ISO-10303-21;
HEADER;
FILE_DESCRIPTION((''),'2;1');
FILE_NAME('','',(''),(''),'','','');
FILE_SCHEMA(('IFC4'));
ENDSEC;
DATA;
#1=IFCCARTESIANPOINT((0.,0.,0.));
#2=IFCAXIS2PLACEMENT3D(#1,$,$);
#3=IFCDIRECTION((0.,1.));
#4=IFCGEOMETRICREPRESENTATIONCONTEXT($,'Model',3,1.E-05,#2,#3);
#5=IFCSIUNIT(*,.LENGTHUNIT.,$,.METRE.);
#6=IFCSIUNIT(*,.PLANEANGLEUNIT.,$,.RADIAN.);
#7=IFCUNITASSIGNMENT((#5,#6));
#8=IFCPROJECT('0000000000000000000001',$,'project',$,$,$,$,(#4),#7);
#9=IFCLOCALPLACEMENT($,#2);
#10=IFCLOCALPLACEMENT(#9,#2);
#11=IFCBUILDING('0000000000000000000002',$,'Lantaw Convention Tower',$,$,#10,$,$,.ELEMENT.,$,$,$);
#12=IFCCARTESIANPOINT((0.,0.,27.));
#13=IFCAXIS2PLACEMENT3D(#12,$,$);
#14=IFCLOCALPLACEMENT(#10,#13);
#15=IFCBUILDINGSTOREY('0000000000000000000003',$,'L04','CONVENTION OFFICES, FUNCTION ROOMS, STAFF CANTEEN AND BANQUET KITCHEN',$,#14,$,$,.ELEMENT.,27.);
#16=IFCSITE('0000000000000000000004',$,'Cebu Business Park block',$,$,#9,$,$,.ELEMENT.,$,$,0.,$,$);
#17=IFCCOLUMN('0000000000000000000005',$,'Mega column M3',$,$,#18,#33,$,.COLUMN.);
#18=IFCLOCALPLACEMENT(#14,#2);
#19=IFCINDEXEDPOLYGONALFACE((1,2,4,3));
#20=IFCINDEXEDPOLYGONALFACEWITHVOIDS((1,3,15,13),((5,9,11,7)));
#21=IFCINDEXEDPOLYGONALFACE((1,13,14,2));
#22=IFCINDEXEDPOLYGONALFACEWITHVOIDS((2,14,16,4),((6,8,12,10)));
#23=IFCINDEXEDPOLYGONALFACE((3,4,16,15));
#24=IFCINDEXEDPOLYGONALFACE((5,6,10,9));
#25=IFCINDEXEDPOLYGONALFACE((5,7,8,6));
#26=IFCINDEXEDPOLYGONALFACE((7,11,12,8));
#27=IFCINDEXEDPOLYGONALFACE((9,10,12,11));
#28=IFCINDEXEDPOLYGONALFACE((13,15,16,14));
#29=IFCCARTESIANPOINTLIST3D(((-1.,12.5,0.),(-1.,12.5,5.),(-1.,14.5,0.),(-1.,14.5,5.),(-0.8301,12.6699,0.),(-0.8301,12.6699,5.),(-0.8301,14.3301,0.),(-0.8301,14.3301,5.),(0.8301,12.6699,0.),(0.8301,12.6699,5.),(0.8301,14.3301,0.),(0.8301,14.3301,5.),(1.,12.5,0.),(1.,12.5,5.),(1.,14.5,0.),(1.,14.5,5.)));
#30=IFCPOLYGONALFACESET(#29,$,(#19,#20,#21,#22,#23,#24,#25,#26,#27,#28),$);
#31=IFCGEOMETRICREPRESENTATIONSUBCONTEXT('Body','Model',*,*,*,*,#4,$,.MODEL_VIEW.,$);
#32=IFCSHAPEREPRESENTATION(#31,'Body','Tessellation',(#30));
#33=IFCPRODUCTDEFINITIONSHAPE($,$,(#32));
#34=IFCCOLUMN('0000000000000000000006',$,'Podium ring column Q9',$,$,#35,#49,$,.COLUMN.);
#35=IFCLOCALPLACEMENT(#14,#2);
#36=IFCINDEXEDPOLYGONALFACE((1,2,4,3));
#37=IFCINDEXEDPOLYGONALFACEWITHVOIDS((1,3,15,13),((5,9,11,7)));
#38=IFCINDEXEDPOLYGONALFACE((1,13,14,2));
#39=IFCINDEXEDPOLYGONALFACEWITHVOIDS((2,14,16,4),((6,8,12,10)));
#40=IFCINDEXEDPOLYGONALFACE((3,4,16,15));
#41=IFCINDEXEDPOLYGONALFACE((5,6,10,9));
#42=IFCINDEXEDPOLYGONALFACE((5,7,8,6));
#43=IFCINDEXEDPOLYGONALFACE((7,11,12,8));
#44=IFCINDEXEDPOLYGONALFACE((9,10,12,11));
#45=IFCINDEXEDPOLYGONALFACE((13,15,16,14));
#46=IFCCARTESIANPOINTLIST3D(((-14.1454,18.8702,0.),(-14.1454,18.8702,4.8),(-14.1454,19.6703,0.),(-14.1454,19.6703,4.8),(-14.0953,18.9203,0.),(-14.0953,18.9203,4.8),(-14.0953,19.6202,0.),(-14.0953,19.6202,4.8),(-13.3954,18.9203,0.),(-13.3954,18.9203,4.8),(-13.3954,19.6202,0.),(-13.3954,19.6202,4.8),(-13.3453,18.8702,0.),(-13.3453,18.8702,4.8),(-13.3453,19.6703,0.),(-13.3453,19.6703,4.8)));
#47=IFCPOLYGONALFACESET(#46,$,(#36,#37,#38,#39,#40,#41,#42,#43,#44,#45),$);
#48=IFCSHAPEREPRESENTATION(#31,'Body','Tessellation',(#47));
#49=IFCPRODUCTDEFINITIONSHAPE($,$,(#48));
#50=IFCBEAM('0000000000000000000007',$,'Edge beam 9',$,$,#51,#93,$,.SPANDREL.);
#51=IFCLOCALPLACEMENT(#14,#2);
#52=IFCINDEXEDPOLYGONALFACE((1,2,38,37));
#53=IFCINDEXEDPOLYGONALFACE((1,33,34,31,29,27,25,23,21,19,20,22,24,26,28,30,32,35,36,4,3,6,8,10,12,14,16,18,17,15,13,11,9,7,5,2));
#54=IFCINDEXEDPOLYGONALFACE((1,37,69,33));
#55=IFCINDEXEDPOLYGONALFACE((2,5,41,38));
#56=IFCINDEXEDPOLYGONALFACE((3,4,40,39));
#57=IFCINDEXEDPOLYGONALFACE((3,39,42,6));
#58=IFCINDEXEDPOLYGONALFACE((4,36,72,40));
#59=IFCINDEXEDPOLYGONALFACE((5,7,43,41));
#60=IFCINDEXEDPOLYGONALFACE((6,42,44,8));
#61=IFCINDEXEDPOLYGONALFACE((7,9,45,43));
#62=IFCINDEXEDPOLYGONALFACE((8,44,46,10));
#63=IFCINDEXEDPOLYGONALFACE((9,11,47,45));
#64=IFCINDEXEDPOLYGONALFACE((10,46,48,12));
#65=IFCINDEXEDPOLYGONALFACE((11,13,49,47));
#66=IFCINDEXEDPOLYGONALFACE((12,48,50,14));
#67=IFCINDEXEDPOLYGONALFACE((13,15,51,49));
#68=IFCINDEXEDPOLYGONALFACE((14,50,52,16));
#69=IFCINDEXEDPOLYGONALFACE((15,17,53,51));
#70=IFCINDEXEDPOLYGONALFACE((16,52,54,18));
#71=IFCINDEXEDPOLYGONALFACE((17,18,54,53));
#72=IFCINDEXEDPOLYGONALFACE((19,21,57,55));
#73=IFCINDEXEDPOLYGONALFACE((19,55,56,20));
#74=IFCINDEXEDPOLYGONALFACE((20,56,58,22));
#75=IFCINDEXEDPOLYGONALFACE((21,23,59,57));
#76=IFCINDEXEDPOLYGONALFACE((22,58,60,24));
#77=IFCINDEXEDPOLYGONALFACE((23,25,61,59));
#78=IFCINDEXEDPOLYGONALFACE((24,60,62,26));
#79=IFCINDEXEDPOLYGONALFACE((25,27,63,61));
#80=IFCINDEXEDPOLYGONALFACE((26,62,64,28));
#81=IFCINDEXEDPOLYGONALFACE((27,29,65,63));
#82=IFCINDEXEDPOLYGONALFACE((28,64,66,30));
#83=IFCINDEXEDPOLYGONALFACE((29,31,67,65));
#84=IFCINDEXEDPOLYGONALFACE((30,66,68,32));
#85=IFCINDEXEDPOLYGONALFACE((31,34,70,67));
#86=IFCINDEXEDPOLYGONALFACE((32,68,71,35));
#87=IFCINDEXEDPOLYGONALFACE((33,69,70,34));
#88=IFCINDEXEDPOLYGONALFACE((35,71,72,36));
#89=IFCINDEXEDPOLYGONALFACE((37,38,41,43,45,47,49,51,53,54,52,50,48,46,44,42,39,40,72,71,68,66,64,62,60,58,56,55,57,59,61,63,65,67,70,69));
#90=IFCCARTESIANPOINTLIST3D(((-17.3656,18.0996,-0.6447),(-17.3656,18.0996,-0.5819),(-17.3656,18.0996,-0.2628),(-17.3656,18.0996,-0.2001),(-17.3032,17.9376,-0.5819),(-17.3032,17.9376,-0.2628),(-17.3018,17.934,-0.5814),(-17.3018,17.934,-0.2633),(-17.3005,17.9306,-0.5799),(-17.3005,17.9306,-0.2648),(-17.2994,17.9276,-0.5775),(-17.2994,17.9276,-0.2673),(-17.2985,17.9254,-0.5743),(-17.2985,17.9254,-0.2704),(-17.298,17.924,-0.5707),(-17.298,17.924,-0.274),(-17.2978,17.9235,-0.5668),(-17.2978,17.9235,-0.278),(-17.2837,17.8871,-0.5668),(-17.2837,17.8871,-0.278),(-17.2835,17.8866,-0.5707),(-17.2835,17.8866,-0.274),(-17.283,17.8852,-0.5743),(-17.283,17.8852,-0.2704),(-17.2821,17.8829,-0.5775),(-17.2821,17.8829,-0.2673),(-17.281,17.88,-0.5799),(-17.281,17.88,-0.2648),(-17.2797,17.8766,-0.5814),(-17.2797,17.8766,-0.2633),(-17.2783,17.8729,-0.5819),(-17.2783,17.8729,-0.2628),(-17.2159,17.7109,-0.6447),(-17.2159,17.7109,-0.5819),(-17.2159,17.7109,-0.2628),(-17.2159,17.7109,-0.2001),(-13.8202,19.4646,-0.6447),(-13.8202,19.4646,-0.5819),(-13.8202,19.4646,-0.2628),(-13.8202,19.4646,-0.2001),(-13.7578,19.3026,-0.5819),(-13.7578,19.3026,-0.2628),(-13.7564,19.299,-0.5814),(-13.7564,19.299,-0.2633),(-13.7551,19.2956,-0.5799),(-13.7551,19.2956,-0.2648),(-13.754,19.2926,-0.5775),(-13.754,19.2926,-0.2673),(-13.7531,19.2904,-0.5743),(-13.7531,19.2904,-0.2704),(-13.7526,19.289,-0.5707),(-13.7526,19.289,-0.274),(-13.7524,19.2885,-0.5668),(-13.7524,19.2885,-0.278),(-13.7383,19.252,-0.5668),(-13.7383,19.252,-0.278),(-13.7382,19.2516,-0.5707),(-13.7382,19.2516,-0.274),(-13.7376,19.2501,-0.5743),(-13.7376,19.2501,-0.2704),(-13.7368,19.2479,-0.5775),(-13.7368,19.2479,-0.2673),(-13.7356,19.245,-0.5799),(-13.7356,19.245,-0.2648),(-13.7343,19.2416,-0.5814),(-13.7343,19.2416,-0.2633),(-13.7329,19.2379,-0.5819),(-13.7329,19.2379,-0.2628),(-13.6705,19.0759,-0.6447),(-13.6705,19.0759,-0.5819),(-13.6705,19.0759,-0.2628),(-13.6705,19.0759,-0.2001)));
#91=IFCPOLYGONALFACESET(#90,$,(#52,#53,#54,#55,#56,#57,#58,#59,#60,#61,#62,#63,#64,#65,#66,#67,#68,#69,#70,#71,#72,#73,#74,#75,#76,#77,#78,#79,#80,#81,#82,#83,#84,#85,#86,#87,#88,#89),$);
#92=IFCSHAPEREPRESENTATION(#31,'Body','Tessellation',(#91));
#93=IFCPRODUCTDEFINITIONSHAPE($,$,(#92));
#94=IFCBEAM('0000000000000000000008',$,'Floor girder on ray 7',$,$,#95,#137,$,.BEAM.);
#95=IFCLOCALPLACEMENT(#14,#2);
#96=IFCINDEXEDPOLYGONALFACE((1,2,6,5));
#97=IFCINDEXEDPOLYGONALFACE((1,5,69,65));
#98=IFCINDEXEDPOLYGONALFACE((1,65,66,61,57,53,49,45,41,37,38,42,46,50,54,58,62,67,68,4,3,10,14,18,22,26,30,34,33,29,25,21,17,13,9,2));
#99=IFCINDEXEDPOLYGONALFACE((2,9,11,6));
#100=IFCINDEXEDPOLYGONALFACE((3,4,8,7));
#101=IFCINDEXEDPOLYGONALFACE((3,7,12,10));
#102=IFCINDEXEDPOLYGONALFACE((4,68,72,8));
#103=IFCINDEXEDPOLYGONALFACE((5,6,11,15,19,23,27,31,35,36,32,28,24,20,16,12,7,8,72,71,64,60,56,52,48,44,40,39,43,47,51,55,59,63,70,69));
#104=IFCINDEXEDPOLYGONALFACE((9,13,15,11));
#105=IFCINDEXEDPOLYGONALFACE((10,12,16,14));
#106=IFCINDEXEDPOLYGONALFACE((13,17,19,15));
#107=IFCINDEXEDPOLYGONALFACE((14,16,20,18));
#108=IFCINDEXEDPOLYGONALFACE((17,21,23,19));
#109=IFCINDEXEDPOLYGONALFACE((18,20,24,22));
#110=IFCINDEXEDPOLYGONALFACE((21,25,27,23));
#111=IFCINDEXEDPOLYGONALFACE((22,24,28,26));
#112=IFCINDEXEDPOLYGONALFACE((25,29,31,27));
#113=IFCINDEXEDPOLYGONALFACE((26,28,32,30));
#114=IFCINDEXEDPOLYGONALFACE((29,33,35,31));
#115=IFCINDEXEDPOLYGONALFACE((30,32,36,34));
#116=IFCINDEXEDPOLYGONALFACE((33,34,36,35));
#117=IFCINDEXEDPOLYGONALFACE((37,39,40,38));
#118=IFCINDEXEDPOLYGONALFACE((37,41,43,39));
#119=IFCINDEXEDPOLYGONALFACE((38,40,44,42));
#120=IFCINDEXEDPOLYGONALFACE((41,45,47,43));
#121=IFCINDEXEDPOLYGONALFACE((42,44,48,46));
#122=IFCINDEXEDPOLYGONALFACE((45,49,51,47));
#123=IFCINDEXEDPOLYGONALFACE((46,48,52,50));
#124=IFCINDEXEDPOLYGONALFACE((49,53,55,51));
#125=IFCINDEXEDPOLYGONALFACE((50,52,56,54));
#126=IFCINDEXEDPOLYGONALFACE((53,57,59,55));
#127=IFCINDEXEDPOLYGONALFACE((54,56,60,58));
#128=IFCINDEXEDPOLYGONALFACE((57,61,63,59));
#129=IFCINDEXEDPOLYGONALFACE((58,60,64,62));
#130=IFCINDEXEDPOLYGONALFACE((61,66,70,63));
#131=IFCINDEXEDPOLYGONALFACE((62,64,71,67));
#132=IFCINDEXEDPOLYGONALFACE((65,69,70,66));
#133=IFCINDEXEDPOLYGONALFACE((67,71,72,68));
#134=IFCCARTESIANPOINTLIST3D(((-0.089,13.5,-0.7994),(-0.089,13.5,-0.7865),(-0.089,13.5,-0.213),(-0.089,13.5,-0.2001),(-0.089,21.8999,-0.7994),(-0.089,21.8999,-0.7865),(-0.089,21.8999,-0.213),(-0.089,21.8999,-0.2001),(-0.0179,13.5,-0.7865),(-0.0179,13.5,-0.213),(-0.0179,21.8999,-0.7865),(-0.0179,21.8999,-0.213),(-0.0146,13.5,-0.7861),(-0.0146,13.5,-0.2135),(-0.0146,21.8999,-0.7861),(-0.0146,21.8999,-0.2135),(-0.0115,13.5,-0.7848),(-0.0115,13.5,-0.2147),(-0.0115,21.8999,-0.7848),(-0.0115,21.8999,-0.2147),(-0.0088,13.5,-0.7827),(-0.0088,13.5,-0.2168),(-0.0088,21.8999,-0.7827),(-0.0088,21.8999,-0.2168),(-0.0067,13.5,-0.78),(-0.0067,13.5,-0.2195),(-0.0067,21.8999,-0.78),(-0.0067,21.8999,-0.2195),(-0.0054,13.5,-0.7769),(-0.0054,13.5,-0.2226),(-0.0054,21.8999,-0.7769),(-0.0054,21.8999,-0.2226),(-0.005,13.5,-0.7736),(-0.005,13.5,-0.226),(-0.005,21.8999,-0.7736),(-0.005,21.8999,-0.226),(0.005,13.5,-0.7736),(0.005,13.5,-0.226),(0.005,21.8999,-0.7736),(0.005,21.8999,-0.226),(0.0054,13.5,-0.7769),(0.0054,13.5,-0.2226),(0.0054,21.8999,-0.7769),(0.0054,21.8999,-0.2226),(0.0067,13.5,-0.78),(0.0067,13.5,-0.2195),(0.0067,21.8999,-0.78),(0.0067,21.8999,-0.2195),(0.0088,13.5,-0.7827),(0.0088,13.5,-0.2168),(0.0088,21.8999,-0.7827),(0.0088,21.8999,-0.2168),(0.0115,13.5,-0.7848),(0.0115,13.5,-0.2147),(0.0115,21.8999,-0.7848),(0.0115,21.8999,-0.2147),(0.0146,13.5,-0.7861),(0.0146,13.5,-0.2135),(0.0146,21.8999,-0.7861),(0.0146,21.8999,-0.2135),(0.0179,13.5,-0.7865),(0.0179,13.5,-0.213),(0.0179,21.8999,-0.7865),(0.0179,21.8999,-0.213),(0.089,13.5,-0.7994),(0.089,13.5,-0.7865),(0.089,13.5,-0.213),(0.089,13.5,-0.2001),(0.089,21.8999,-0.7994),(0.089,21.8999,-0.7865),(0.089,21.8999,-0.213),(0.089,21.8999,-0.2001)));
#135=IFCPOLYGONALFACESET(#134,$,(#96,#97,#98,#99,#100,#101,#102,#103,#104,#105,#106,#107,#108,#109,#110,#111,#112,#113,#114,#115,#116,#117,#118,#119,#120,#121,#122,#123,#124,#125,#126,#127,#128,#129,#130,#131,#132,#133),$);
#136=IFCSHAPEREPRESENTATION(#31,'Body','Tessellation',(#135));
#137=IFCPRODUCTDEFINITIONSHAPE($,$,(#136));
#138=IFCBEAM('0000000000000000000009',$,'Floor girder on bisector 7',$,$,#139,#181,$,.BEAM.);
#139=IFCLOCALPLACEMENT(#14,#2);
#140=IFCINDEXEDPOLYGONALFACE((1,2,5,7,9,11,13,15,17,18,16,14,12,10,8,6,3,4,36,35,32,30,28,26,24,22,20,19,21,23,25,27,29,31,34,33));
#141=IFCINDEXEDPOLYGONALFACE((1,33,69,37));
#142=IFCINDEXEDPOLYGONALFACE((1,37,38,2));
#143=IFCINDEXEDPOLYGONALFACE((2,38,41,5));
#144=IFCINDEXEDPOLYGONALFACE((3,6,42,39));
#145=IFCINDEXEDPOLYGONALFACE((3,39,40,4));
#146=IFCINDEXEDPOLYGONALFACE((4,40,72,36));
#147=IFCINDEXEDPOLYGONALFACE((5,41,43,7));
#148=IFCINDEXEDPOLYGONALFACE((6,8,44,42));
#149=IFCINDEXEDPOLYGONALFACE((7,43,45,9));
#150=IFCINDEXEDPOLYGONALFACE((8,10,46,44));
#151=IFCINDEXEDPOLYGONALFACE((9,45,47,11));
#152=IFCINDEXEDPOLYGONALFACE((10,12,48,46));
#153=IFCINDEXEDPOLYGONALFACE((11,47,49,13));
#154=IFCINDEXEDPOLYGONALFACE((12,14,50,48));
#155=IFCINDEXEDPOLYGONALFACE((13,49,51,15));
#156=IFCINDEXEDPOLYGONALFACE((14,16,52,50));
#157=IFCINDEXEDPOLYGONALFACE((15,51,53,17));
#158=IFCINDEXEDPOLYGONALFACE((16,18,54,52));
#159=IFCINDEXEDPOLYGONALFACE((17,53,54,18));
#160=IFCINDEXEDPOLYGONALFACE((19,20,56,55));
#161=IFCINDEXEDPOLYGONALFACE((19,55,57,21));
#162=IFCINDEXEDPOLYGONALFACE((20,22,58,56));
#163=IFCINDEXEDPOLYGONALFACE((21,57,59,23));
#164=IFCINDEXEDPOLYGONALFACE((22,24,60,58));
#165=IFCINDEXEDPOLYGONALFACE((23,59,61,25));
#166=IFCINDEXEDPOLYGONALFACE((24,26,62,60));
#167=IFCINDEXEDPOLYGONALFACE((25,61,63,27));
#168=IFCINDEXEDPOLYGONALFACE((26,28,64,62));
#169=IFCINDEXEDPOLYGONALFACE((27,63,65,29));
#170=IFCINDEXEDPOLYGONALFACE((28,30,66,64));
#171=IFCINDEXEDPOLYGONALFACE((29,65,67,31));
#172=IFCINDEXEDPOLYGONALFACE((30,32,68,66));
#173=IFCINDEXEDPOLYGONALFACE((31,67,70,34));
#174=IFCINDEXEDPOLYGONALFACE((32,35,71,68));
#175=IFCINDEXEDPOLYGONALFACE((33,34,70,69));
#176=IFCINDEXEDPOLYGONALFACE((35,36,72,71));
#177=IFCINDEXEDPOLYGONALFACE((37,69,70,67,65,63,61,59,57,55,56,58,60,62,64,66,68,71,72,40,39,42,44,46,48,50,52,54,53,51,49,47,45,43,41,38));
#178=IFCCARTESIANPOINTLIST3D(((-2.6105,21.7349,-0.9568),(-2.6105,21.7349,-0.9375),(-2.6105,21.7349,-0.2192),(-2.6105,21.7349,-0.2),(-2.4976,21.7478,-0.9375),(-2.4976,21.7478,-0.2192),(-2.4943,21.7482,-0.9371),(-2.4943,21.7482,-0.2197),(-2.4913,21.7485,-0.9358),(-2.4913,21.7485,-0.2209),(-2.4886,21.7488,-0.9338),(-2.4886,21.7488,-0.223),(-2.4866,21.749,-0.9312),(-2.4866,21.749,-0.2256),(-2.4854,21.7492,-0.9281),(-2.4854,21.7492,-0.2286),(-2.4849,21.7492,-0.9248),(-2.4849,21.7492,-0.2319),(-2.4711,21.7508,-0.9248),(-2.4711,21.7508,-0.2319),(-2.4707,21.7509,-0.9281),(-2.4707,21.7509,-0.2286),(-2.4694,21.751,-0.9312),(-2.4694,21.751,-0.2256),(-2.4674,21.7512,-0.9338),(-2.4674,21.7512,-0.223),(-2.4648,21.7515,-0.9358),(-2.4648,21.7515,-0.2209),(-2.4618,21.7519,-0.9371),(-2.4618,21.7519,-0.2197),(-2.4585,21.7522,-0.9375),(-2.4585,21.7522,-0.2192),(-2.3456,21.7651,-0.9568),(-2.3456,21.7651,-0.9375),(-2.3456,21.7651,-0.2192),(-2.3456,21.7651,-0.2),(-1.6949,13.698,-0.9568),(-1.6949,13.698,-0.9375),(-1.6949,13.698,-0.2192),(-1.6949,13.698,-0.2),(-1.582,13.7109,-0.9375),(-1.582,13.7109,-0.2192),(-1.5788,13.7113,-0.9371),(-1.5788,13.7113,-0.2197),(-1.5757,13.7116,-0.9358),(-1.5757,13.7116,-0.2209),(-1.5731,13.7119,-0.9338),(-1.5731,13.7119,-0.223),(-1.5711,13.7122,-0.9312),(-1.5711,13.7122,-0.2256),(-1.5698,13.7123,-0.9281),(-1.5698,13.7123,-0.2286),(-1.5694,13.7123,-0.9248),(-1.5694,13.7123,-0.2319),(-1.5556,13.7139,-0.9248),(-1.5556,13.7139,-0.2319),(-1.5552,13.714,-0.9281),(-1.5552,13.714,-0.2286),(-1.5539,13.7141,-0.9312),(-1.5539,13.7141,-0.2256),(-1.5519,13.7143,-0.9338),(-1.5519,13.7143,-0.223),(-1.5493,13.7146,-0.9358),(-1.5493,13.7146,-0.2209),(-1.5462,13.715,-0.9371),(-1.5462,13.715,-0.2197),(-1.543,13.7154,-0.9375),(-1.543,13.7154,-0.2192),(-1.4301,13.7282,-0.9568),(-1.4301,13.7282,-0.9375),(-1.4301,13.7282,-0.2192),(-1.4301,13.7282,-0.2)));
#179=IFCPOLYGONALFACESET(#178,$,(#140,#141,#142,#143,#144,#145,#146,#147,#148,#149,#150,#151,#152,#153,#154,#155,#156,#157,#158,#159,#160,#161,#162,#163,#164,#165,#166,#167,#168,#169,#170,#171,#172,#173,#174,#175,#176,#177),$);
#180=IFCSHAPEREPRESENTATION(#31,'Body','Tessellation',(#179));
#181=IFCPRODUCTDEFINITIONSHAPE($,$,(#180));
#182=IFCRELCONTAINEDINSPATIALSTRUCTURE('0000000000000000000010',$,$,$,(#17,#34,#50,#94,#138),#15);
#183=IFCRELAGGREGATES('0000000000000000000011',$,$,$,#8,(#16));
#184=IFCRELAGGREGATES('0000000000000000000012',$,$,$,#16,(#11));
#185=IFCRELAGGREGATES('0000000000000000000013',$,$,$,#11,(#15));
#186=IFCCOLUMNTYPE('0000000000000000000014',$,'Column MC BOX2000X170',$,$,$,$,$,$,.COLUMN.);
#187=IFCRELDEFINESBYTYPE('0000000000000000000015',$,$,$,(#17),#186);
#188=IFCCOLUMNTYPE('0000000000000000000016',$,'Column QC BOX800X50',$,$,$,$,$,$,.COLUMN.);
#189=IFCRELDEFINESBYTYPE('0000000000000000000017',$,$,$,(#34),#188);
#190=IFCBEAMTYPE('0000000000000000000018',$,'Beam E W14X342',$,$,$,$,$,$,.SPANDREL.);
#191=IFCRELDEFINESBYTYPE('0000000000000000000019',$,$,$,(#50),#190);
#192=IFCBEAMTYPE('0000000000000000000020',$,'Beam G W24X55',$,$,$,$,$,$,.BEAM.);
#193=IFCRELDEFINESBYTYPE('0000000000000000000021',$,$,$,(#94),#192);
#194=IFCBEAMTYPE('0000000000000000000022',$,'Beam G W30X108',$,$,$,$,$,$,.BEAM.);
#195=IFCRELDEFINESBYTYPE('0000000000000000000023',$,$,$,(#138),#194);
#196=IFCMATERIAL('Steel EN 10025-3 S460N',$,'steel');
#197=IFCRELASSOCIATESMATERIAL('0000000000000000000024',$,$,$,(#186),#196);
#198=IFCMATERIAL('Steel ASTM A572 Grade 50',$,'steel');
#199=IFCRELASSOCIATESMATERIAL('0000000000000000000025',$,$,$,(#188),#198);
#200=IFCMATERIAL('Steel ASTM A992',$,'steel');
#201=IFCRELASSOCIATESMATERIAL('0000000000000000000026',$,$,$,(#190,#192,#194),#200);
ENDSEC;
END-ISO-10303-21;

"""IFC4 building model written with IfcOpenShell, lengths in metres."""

from ifc_helpers import new_model, si_unit, direction, frame, origin, origin_2d, place, context, subcontext, project, spatial, rectangle, hollow_rectangle, i_section, extrude, material, material_profile, profile_set, type_object, element, save


model = new_model("IFC4")

# Units and contexts
model_context = context("Model", 3, precision=1e-05, world=origin(), true_north=direction((0.0, 1.0)))
body_context = subcontext(model_context, "Body", "Model", "MODEL_VIEW")
ifc_project = project(units=[si_unit("LENGTHUNIT", "METRE"), si_unit("PLANEANGLEUNIT", "RADIAN")], contexts=[model_context])

# Site, building, storey
site_placement = place(None, origin())
site = spatial("IfcSite", under=ifc_project, at=site_placement, Name="Cebu Business Park block", CompositionType="ELEMENT", RefElevation=0.0)
building_placement = place(site_placement, origin())
building = spatial("IfcBuilding", under=site, at=building_placement, Name="Lantaw Convention Tower", CompositionType="ELEMENT")
storey_placement = place(building_placement, frame((0.0, 0.0, 27.0)))
storey = spatial("IfcBuildingStorey", under=building, at=storey_placement, Name="L04", Description="CONVENTION OFFICES, FUNCTION ROOMS, STAFF CANTEEN AND BANQUET KITCHEN", CompositionType="ELEMENT", Elevation=27.0)

# Columns
ifc_material_1 = material(Name="Steel EN 10025-3 S460N", Category="steel")
ifc_material_profile_1 = material_profile(ifc_material_1, hollow_rectangle(XDim=2.0, YDim=2.0, WallThickness=0.1699, at=origin_2d()), Name="BOX2000X170")
ifc_material_2 = material(Name="Concrete C60/75", Category="concrete")
ifc_material_profile_2 = material_profile(ifc_material_2, rectangle(XDim=1.6599, YDim=1.6599, at=origin_2d()), Name="Concrete fill of BOX2000X170")
ifc_profile_set_1 = profile_set([ifc_material_profile_1, ifc_material_profile_2], Name="Steel EN 10025-3 S460N")
column_type_1 = type_object("IfcColumnType", Name="Column MC BOX2000X170", PredefinedType="COLUMN", material=ifc_profile_set_1)
column_1_placement = place(storey_placement, frame((0.0, 13.5, 0.0), z_axis=(0.0, 0.0, 1.0), x_axis=(1.0, 0.0, 0.0)))
element("IfcColumn", 1, at=column_1_placement, inside=storey, type_object=column_type_1, Name="Mega column M3", PredefinedType="COLUMN", context=body_context, shape_type="SweptSolid", body=[
    extrude(hollow_rectangle(XDim=2.0, YDim=2.0, WallThickness=0.1699, at=origin_2d()), origin(), (0.0, 0.0, 1.0), 5.0),
])
ifc_material_3 = material(Name="Steel ASTM A572 Grade 50", Category="steel")
ifc_material_profile_3 = material_profile(ifc_material_3, hollow_rectangle(XDim=0.8, YDim=0.8, WallThickness=0.05, at=origin_2d()), Name="BOX800X50")
ifc_profile_set_2 = profile_set([ifc_material_profile_3], Name="Steel ASTM A572 Grade 50")
column_type_2 = type_object("IfcColumnType", Name="Column QC BOX800X50", PredefinedType="COLUMN", material=ifc_profile_set_2)
column_2_placement = place(storey_placement, frame((-13.7454, 19.2703, 0.0), z_axis=(0.0, 0.0, 1.0), x_axis=(1.0, 0.0, 0.0)))
element("IfcColumn", 2, at=column_2_placement, inside=storey, type_object=column_type_2, Name="Podium ring column Q9", PredefinedType="COLUMN", context=body_context, shape_type="SweptSolid", body=[
    extrude(hollow_rectangle(XDim=0.8, YDim=0.8, WallThickness=0.05, at=origin_2d()), origin(), (0.0, 0.0, 1.0), 4.8),
])

# Beams
ifc_material_4 = material(Name="Steel ASTM A992", Category="steel")
ifc_material_profile_4 = material_profile(ifc_material_4, i_section(OverallWidth=0.4165, OverallDepth=0.4446, WebThickness=0.0391, FlangeThickness=0.0627, FilletRadius=0.0151, at=origin_2d()), Name="W14X342")
ifc_profile_set_3 = profile_set([ifc_material_profile_4], Name="Steel ASTM A992")
beam_type_1 = type_object("IfcBeamType", Name="Beam E W14X342", PredefinedType="SPANDREL", material=ifc_profile_set_3)
beam_1_placement = place(storey_placement, frame((-13.7454, 19.2703, -0.4224), z_axis=(-0.933225, -0.359293, 0.0), x_axis=(0.359293, -0.933225, 0.0)))
element("IfcBeam", 3, at=beam_1_placement, inside=storey, type_object=beam_type_1, Name="Edge beam 9", PredefinedType="SPANDREL", context=body_context, shape_type="SweptSolid", body=[
    extrude(i_section(OverallWidth=0.4165, OverallDepth=0.4446, WebThickness=0.0391, FlangeThickness=0.0627, FilletRadius=0.0151, at=origin_2d()), origin(), (0.0, 0.0, 1.0), 3.7991),
])
ifc_material_profile_5 = material_profile(ifc_material_4, i_section(OverallWidth=0.178, OverallDepth=0.5994, WebThickness=0.01, FlangeThickness=0.0129, FilletRadius=0.0129, at=origin_2d()), Name="W24X55")
ifc_profile_set_4 = profile_set([ifc_material_profile_5], Name="Steel ASTM A992")
beam_type_2 = type_object("IfcBeamType", Name="Beam G W24X55", PredefinedType="BEAM", material=ifc_profile_set_4)
beam_2_placement = place(storey_placement, frame((0.0, 13.5, -0.4998), z_axis=(0.0, 1.0, 0.0), x_axis=(-1.0, 0.0, 0.0)))
element("IfcBeam", 4, at=beam_2_placement, inside=storey, type_object=beam_type_2, Name="Floor girder on ray 7", PredefinedType="BEAM", context=body_context, shape_type="SweptSolid", body=[
    extrude(i_section(OverallWidth=0.178, OverallDepth=0.5994, WebThickness=0.01, FlangeThickness=0.0129, FilletRadius=0.0129, at=origin_2d()), origin(), (0.0, 0.0, 1.0), 8.3999),
])
ifc_material_profile_6 = material_profile(ifc_material_4, i_section(OverallWidth=0.2666, OverallDepth=0.7568, WebThickness=0.0139, FlangeThickness=0.0193, FilletRadius=0.0127, at=origin_2d()), Name="W30X108")
ifc_profile_set_5 = profile_set([ifc_material_profile_6], Name="Steel ASTM A992")
beam_type_3 = type_object("IfcBeamType", Name="Beam G W30X108", PredefinedType="BEAM", material=ifc_profile_set_5)
beam_3_placement = place(storey_placement, frame((-1.5625, 13.7131, -0.5784), z_axis=(-0.113184, 0.993574, 0.0), x_axis=(-0.993574, -0.113184, 0.0)))
element("IfcBeam", 5, at=beam_3_placement, inside=storey, type_object=beam_type_3, Name="Floor girder on bisector 7", PredefinedType="BEAM", context=body_context, shape_type="SweptSolid", body=[
    extrude(i_section(OverallWidth=0.2666, OverallDepth=0.7568, WebThickness=0.0139, FlangeThickness=0.0193, FilletRadius=0.0127, at=origin_2d()), origin(), (0.0, 0.0, 1.0), 8.0889),
])

save(model, "model.ifc")
